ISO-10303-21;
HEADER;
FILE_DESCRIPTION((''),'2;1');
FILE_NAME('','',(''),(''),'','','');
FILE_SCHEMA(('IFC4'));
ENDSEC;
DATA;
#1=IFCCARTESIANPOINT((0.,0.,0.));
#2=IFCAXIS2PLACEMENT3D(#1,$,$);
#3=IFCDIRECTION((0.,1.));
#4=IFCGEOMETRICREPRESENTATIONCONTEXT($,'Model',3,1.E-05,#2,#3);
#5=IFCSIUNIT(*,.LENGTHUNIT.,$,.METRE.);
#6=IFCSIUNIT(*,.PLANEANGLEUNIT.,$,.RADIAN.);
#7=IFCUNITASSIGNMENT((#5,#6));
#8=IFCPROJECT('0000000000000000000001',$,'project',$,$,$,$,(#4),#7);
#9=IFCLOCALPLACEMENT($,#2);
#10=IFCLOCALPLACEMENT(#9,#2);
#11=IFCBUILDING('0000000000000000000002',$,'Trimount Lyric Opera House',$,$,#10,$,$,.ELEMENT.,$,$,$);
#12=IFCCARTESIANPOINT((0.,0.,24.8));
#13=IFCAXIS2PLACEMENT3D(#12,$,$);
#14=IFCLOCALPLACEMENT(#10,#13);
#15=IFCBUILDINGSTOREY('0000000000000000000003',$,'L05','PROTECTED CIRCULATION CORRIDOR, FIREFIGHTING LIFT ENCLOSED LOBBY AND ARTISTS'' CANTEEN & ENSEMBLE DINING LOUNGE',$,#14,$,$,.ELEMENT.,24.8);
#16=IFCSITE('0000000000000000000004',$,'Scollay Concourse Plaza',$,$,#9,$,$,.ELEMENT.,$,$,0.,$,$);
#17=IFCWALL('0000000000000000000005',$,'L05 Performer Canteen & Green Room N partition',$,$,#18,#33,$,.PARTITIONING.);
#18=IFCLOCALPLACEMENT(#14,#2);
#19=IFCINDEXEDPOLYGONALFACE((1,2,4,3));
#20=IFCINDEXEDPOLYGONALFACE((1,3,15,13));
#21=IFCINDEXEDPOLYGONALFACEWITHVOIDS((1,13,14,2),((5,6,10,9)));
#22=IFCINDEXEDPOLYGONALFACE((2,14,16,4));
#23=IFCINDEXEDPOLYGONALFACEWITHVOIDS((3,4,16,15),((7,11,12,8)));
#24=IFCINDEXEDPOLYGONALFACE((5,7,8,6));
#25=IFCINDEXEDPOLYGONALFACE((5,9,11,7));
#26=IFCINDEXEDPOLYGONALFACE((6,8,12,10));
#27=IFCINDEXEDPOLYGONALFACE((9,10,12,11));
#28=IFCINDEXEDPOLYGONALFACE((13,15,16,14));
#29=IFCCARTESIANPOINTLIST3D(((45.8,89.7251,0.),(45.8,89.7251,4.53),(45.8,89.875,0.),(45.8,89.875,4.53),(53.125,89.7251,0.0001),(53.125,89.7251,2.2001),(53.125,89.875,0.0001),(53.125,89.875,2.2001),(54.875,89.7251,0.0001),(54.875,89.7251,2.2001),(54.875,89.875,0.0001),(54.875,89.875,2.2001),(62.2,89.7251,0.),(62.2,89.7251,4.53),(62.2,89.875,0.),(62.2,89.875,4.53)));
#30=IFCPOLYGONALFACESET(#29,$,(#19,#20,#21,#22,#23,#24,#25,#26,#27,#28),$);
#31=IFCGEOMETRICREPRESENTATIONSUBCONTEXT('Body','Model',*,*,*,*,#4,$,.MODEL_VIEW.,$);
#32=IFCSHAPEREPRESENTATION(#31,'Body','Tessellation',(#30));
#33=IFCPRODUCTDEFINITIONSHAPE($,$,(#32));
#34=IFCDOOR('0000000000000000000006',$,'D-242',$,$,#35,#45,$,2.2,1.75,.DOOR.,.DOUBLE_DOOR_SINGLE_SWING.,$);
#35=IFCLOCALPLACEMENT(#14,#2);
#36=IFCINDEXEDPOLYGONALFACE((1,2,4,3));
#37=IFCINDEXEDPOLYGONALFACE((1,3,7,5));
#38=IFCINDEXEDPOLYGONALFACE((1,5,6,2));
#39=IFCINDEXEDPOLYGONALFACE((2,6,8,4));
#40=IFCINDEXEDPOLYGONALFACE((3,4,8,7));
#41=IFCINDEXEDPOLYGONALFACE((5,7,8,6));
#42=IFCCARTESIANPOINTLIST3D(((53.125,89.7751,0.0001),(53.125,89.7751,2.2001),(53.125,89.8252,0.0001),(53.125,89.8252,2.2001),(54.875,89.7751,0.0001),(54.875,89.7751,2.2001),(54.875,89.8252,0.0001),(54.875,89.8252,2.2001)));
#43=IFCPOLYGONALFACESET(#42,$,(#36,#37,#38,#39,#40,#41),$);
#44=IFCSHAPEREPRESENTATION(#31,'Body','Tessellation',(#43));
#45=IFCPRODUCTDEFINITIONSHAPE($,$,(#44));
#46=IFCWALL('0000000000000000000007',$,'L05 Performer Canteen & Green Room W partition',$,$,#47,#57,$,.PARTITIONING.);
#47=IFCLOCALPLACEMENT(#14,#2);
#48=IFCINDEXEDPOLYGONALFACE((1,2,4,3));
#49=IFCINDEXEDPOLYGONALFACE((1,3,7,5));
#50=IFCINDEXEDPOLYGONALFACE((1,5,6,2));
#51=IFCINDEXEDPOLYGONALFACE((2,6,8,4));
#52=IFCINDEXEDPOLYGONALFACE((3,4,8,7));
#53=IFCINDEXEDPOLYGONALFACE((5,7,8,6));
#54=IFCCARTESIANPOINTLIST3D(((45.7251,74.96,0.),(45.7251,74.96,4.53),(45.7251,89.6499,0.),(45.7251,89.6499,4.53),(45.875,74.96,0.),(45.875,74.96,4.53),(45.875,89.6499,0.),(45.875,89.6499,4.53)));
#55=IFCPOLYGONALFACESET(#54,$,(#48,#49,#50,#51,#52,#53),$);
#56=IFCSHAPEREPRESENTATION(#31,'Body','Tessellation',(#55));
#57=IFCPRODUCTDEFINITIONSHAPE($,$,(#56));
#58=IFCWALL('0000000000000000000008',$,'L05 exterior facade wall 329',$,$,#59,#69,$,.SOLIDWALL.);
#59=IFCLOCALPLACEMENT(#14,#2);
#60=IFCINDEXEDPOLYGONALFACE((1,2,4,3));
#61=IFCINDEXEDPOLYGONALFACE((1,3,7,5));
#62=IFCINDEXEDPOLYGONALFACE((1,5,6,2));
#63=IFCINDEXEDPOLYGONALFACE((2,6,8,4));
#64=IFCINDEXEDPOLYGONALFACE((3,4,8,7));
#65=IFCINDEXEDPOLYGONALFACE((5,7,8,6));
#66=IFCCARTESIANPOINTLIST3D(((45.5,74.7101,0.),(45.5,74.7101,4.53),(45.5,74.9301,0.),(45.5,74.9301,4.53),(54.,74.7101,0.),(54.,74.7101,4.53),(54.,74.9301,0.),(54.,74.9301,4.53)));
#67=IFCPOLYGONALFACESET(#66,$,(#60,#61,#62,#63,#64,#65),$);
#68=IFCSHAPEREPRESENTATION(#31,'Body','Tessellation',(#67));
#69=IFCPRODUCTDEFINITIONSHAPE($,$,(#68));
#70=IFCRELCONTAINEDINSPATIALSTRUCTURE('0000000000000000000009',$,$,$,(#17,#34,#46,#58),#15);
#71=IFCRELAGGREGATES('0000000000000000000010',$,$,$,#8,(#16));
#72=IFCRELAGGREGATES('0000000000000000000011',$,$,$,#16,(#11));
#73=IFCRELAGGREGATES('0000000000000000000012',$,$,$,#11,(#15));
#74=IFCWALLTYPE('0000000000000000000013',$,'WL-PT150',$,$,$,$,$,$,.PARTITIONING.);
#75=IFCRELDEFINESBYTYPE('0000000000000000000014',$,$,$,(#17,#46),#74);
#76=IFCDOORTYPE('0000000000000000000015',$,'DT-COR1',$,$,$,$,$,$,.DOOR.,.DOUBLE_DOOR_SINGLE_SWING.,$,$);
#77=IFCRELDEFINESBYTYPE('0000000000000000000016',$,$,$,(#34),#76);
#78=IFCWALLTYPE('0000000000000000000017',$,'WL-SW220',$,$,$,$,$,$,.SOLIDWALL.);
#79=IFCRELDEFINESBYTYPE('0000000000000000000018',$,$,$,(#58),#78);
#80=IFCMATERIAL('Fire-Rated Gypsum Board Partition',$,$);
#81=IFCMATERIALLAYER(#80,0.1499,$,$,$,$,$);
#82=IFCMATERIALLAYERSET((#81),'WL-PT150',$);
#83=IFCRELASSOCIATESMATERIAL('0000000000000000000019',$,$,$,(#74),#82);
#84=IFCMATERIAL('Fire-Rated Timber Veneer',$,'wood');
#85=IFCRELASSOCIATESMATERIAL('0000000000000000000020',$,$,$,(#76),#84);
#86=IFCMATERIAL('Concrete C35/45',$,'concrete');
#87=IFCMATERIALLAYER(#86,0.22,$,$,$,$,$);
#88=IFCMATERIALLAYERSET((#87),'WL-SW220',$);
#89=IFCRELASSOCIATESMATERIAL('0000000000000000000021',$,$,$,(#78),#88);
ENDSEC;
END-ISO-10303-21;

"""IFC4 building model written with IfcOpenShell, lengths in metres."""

from ifc_helpers import new_model, si_unit, direction, frame, frame_2d, origin, place, context, subcontext, project, spatial, rectangle, extrude, material, layer, layer_set, type_object, element, fill, save


model = new_model("IFC4")

# Units and contexts
model_context = context("Model", 3, precision=1e-05, world=origin(), true_north=direction((0.0, 1.0)))
body_context = subcontext(model_context, "Body", "Model", "MODEL_VIEW")
ifc_project = project(units=[si_unit("LENGTHUNIT", "METRE"), si_unit("PLANEANGLEUNIT", "RADIAN")], contexts=[model_context])

# Site, building, storey
site_placement = place(None, origin())
site = spatial("IfcSite", under=ifc_project, at=site_placement, Name="Scollay Concourse Plaza", CompositionType="ELEMENT", RefElevation=0.0)
building_placement = place(site_placement, origin())
building = spatial("IfcBuilding", under=site, at=building_placement, Name="Trimount Lyric Opera House", CompositionType="ELEMENT")
storey_placement = place(building_placement, frame((0.0, 0.0, 24.8)))
storey = spatial("IfcBuildingStorey", under=building, at=storey_placement, Name="L05", Description="PROTECTED CIRCULATION CORRIDOR, FIREFIGHTING LIFT ENCLOSED LOBBY AND ARTISTS' CANTEEN & ENSEMBLE DINING LOUNGE", CompositionType="ELEMENT", Elevation=24.8)

# Wall, opening, door
ifc_material_1 = material(Name="Fire-Rated Gypsum Board Partition")
ifc_layer_1 = layer(ifc_material_1, 0.1499)
ifc_layer_set_1 = layer_set([ifc_layer_1], Name="WL-PT150")
wall_type_1 = type_object("IfcWallType", Name="WL-PT150", PredefinedType="PARTITIONING", material=ifc_layer_set_1)
wall_1_placement = place(storey_placement, frame((62.2, 89.8, 0.0), z_axis=(0.0, 0.0, 1.0), x_axis=(-1.0, 0.0, 0.0)))
wall_1 = element("IfcWall", 1, at=wall_1_placement, inside=storey, type_object=wall_type_1, Name="L05 Performer Canteen & Green Room N partition", PredefinedType="PARTITIONING", context=body_context, shape_type="SweptSolid", body=[
    extrude(rectangle(XDim=16.3999, YDim=0.1499, at=frame_2d((8.2, 0.0))), origin(), (0.0, 0.0, 1.0), 4.53),
])
opening_placement = place(wall_1_placement, frame((7.325, 0.0, 0.0)))
opening = element("IfcOpeningElement", 2, at=opening_placement, cuts=wall_1, PredefinedType="OPENING", context=body_context, shape_type="SweptSolid", body=[
    extrude(rectangle(XDim=1.75, YDim=2.2, at=frame_2d((0.875, 1.1001))), frame((0.0, 0.085, 0.0), z_axis=(0.0, -1.0, 0.0), x_axis=(1.0, 0.0, 0.0)), (0.0, 0.0, 1.0), 0.1699),
])
ifc_material_2 = material(Name="Fire-Rated Timber Veneer", Category="wood")
door_type = type_object("IfcDoorType", Name="DT-COR1", OperationType="DOUBLE_DOOR_SINGLE_SWING", PredefinedType="DOOR", material=ifc_material_2)
door_placement = place(opening_placement, origin())
door = element("IfcDoor", 3, at=door_placement, inside=storey, type_object=door_type, Name="D-242", OperationType="DOUBLE_DOOR_SINGLE_SWING", OverallHeight=2.2, OverallWidth=1.75, PredefinedType="DOOR", context=body_context, shape_type="SweptSolid", body=[
    extrude(rectangle(XDim=1.75, YDim=2.2, at=frame_2d((0.875, 1.1001))), frame((0.0, 0.0249, 0.0), z_axis=(0.0, -1.0, 0.0), x_axis=(1.0, 0.0, 0.0)), (0.0, 0.0, 1.0), 0.05),
])
fill(opening, door)

# Walls
wall_2_placement = place(storey_placement, frame((45.8, 89.6499, 0.0), z_axis=(0.0, 0.0, 1.0), x_axis=(0.0, -1.0, 0.0)))
element("IfcWall", 4, at=wall_2_placement, inside=storey, type_object=wall_type_1, Name="L05 Performer Canteen & Green Room W partition", PredefinedType="PARTITIONING", context=body_context, shape_type="SweptSolid", body=[
    extrude(rectangle(XDim=14.6899, YDim=0.1499, at=frame_2d((7.345, 0.0))), origin(), (0.0, 0.0, 1.0), 4.53),
])
ifc_material_3 = material(Name="Concrete C35/45", Category="concrete")
ifc_layer_2 = layer(ifc_material_3, 0.22)
ifc_layer_set_2 = layer_set([ifc_layer_2], Name="WL-SW220")
wall_type_2 = type_object("IfcWallType", Name="WL-SW220", PredefinedType="SOLIDWALL", material=ifc_layer_set_2)
wall_3_placement = place(storey_placement, frame((54.0, 74.8201, 0.0), z_axis=(0.0, 0.0, 1.0), x_axis=(-1.0, 0.0, 0.0)))
element("IfcWall", 5, at=wall_3_placement, inside=storey, type_object=wall_type_2, Name="L05 exterior facade wall 329", PredefinedType="SOLIDWALL", context=body_context, shape_type="SweptSolid", body=[
    extrude(rectangle(XDim=8.5, YDim=0.22, at=frame_2d((4.25, 0.0))), origin(), (0.0, 0.0, 1.0), 4.53),
])

save(model, "model.ifc")
